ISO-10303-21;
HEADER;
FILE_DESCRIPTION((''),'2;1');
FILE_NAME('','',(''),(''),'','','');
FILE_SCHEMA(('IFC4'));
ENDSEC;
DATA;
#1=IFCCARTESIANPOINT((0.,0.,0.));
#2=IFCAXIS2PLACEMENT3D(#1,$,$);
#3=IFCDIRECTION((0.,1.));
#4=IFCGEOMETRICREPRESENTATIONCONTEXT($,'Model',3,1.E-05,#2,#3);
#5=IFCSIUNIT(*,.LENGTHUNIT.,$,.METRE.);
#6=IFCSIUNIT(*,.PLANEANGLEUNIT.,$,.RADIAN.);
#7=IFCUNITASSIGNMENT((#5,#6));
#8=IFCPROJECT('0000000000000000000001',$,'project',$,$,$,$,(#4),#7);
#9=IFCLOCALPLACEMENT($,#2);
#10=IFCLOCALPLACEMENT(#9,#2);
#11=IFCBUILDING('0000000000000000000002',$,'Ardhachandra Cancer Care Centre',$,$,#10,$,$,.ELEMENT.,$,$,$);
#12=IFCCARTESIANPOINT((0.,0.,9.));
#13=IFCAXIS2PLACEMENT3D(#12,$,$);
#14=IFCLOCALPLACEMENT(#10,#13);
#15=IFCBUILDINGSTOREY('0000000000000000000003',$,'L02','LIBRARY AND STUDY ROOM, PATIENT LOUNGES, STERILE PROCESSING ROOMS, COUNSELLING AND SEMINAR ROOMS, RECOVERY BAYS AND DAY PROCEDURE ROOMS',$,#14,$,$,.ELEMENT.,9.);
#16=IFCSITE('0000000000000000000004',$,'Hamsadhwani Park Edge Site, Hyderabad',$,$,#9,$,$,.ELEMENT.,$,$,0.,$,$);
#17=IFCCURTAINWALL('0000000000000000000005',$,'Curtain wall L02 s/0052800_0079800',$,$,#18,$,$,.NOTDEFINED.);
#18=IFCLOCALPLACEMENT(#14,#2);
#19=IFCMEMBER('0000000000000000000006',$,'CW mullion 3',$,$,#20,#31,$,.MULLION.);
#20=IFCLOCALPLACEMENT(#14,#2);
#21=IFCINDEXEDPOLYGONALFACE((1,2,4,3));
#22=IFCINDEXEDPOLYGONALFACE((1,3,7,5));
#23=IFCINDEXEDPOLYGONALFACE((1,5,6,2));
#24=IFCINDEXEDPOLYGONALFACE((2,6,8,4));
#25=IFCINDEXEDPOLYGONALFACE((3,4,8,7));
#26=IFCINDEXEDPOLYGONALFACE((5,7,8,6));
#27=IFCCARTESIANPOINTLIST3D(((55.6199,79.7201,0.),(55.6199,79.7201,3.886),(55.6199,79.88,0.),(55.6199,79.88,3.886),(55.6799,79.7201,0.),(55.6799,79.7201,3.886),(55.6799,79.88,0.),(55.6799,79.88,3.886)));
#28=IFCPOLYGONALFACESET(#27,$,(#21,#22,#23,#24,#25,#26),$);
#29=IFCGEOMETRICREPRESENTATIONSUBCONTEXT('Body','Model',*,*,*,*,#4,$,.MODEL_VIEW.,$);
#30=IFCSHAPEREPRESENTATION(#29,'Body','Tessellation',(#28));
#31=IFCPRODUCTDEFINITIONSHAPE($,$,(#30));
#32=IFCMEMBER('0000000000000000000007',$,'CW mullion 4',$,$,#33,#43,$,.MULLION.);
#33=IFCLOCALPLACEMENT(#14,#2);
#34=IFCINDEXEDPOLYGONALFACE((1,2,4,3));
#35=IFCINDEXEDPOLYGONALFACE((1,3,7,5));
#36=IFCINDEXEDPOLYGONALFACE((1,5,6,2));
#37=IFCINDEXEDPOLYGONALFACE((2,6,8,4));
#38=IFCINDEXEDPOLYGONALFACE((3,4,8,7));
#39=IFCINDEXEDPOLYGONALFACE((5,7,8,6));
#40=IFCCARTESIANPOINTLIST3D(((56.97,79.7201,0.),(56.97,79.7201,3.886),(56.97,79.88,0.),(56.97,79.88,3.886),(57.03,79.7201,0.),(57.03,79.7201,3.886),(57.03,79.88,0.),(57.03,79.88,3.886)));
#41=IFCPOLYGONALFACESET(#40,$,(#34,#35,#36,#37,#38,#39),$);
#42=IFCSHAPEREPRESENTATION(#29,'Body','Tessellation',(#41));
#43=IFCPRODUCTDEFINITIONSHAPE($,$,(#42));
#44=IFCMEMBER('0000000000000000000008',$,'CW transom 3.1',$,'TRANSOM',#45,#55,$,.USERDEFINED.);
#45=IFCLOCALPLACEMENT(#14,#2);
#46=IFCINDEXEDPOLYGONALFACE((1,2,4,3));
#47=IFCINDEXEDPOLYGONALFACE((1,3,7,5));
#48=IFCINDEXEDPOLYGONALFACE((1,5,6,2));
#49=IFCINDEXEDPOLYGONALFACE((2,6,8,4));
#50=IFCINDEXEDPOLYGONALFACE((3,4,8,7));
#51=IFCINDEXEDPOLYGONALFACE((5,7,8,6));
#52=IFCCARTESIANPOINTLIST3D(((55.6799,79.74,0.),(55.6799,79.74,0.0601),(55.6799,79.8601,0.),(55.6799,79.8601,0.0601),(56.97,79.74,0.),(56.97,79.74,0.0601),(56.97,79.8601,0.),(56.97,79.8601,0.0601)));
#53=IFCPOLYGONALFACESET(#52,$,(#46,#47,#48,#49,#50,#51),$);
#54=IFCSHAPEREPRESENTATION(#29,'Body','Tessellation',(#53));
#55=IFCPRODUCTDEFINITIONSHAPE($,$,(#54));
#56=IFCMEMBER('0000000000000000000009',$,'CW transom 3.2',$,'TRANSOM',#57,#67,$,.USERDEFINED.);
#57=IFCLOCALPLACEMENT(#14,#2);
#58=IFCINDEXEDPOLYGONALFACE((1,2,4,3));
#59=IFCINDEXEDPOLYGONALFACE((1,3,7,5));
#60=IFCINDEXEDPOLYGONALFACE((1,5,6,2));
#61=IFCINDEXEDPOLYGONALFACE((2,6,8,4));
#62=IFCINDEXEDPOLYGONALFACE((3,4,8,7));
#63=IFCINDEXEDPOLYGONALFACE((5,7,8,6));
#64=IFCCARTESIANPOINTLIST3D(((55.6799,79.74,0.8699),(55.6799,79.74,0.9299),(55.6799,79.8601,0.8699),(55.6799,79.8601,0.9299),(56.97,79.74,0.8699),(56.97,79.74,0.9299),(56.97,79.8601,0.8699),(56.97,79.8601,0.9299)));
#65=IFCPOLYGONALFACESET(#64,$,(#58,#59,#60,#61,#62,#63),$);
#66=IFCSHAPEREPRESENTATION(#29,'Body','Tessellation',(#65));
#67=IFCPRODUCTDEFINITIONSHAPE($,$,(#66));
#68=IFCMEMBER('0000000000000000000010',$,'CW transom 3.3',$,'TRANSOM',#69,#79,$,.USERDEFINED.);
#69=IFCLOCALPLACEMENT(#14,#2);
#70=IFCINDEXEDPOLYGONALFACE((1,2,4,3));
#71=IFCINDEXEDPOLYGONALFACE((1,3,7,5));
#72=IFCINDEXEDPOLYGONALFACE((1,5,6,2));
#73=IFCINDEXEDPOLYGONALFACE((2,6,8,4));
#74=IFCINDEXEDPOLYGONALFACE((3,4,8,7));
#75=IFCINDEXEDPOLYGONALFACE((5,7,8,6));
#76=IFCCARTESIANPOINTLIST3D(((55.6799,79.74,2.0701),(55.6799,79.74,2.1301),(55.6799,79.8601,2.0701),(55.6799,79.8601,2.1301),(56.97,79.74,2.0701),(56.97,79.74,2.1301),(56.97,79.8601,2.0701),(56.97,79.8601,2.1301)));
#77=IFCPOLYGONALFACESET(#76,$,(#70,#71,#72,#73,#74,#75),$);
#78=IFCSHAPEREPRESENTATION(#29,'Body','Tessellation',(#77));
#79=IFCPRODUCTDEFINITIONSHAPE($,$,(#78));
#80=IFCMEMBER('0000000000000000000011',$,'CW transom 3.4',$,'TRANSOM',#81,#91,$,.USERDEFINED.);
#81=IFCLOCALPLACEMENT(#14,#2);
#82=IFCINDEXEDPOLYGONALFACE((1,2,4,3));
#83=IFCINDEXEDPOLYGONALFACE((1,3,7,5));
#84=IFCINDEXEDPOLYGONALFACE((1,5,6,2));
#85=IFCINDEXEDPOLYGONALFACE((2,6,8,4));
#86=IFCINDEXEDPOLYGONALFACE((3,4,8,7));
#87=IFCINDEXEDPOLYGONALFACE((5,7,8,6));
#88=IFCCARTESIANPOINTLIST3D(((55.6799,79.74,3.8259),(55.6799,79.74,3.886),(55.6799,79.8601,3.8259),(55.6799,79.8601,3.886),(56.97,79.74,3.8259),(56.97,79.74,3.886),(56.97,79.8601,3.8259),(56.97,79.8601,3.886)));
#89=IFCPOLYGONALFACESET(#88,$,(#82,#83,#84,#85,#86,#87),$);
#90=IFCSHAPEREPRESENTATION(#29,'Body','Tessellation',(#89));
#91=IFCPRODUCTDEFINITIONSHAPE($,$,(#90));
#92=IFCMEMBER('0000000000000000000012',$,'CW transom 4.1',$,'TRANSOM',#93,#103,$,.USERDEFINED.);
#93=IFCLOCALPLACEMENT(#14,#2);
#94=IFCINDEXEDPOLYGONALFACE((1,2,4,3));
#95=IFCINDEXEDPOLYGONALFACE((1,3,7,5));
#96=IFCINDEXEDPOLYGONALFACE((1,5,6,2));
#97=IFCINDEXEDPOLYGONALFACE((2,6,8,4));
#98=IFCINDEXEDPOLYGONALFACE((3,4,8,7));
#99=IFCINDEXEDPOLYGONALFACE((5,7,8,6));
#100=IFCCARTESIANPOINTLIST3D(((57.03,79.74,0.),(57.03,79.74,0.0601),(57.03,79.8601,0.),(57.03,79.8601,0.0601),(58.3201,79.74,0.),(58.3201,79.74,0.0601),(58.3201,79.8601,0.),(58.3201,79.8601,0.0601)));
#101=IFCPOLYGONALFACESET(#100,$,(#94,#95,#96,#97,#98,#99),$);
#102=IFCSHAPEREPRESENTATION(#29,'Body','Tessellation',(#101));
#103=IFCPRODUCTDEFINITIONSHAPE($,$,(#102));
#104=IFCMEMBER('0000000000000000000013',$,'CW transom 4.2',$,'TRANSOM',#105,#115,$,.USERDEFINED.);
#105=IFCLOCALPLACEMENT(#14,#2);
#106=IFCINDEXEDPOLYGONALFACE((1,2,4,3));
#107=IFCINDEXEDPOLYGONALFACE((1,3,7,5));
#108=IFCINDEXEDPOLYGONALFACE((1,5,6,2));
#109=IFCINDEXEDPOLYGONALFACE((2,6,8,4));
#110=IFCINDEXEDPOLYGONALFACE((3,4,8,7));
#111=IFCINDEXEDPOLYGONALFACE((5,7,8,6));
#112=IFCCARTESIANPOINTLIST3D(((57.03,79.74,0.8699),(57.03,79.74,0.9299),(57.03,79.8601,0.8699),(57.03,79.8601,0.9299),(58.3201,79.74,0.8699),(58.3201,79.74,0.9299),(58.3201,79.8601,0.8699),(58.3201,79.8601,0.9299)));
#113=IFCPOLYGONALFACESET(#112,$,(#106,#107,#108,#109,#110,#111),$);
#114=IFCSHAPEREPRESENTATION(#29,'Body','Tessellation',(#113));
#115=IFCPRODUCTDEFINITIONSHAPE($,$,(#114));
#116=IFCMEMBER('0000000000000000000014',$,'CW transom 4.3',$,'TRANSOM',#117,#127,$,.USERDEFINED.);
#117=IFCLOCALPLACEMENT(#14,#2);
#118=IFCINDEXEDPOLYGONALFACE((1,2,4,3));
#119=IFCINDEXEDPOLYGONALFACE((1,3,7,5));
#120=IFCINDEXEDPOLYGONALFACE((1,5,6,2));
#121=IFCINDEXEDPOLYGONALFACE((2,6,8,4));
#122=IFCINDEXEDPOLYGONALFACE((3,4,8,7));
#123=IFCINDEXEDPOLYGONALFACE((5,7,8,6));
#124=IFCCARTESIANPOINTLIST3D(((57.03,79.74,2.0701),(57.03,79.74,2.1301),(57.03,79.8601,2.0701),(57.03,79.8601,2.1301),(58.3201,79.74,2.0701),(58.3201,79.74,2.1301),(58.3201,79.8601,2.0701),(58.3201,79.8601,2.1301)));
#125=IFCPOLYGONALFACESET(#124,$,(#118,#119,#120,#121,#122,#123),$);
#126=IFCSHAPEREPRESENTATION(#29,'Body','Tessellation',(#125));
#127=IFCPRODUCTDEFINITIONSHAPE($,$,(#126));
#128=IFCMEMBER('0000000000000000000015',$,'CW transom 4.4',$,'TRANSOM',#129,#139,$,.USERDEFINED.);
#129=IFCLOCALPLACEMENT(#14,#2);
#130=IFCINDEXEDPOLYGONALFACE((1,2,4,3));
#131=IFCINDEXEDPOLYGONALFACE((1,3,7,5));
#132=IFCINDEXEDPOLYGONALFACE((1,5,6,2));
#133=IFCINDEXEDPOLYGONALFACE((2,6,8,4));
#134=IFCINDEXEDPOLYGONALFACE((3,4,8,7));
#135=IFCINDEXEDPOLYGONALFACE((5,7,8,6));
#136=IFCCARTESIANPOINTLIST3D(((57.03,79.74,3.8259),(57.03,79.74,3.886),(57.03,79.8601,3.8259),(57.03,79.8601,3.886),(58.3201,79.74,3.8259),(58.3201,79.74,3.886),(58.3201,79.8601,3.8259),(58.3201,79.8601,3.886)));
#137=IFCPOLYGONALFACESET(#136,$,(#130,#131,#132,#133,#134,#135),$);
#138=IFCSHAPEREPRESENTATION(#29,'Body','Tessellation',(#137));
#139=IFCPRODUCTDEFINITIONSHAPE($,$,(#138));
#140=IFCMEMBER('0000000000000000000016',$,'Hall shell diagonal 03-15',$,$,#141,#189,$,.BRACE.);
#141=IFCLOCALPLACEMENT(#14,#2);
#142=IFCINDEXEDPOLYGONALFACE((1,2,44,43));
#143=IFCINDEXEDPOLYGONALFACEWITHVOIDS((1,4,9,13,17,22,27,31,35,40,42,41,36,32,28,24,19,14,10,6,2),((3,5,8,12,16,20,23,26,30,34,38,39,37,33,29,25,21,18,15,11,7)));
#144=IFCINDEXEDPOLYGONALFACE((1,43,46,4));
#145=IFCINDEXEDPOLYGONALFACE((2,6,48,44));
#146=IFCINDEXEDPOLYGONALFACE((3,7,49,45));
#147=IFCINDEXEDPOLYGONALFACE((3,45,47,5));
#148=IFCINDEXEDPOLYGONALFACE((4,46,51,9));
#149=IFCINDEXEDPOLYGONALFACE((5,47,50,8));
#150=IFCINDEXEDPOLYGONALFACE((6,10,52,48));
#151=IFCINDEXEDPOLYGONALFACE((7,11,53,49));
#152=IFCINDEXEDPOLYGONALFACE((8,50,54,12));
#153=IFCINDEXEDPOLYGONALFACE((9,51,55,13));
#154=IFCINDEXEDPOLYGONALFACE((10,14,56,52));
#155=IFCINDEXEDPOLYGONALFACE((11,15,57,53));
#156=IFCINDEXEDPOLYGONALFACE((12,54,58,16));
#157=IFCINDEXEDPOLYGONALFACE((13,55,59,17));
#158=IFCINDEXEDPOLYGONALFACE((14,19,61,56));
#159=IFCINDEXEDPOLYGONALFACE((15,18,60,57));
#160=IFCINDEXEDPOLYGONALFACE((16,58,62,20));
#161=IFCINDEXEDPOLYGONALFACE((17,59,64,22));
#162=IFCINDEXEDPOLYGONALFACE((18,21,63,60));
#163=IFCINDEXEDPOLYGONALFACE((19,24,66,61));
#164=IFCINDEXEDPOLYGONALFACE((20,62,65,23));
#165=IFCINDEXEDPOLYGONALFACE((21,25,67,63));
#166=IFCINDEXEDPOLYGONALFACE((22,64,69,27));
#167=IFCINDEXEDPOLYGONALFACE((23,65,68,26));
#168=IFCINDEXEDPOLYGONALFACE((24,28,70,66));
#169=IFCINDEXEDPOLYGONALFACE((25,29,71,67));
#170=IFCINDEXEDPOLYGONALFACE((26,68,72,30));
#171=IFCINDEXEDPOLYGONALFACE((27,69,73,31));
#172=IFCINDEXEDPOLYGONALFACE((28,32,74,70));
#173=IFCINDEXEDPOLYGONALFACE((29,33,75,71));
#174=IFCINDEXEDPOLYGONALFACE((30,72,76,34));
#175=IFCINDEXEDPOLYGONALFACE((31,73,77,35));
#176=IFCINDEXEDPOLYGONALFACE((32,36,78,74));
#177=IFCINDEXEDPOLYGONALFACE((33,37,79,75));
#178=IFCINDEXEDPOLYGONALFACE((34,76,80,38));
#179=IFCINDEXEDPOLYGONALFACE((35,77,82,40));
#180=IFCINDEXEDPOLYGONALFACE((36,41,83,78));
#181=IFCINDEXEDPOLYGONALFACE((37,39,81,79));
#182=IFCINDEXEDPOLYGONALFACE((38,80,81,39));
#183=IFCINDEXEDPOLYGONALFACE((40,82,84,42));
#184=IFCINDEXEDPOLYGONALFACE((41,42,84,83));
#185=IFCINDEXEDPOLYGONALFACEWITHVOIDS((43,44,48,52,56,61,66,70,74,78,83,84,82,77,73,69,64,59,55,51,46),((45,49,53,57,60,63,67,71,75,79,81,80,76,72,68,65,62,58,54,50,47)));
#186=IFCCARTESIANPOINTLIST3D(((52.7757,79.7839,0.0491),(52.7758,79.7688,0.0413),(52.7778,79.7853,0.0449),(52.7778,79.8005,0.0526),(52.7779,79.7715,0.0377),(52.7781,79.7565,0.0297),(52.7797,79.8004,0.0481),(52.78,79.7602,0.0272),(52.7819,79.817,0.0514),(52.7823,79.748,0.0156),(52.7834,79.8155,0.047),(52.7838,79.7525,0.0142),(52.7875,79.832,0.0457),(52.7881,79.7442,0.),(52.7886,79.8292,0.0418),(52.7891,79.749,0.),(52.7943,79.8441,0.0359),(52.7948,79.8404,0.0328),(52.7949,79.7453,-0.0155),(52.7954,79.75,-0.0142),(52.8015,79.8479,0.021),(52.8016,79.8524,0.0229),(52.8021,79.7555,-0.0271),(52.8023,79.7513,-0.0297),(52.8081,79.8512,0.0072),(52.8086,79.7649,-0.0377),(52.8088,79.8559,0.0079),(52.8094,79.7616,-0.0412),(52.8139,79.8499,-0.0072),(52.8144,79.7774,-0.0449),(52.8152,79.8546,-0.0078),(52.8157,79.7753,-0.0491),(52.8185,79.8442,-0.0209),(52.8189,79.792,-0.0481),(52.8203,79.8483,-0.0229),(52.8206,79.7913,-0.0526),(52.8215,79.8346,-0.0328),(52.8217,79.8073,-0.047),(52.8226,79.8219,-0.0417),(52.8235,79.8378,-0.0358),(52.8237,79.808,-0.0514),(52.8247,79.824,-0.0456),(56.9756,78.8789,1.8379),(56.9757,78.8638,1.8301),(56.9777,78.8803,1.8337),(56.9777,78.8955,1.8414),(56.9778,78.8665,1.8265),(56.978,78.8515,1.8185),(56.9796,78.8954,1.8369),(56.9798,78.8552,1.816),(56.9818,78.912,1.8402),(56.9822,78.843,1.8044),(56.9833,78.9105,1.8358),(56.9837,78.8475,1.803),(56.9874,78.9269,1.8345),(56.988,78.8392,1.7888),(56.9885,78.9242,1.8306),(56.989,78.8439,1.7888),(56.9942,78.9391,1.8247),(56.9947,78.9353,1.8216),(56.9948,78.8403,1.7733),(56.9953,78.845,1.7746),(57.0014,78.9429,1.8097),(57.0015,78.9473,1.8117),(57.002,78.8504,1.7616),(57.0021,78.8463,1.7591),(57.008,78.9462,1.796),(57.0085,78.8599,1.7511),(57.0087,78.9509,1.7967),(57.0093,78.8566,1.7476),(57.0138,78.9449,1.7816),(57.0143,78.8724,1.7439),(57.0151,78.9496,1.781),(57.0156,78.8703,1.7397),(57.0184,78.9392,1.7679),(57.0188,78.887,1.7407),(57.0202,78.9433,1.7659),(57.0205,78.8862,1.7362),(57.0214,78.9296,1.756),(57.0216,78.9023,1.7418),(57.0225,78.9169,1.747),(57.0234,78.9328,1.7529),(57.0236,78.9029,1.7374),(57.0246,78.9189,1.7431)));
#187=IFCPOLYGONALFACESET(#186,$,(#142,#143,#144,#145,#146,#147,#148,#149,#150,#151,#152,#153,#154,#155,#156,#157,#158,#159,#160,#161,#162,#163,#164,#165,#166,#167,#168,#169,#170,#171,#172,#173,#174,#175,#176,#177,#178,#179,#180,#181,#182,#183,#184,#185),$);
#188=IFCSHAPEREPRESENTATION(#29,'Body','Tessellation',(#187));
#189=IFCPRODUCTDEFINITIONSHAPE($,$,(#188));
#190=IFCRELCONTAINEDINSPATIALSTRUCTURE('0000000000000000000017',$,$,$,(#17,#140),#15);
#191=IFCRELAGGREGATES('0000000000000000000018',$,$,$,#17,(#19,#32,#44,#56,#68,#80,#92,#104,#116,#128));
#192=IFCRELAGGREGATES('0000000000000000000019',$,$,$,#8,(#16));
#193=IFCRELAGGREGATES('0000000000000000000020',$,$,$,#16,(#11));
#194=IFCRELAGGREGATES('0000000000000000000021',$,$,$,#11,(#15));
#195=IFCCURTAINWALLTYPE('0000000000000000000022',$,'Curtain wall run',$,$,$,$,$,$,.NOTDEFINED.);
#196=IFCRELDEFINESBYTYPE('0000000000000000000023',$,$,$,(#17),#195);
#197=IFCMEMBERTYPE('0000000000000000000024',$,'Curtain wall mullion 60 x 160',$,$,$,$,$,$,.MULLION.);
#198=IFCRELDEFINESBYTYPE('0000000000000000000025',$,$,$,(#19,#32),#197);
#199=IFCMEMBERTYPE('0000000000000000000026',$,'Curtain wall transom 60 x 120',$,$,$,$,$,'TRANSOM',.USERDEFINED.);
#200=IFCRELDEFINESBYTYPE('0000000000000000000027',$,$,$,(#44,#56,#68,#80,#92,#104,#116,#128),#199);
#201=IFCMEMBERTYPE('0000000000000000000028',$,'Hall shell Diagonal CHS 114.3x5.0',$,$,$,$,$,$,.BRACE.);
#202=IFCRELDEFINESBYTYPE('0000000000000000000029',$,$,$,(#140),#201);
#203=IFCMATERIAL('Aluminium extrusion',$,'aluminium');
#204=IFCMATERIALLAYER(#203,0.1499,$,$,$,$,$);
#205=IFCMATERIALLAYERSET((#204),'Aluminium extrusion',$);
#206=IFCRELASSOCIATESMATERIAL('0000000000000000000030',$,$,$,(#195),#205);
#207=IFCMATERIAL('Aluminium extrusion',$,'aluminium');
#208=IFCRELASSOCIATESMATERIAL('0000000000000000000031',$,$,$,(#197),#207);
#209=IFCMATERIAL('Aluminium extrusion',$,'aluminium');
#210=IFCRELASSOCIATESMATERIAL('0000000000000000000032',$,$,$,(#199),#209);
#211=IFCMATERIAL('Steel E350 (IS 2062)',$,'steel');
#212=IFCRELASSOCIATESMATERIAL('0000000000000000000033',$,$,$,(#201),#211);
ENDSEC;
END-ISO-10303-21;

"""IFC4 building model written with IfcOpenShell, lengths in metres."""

from ifc_helpers import new_model, si_unit, direction, frame, origin, origin_2d, place, context, subcontext, project, spatial, rectangle, hollow_circle, extrude, material, layer, layer_set, material_profile, profile_set, type_object, element, aggregate, save


model = new_model("IFC4")

# Units and contexts
model_context = context("Model", 3, precision=1e-05, world=origin(), true_north=direction((0.0, 1.0)))
body_context = subcontext(model_context, "Body", "Model", "MODEL_VIEW")
ifc_project = project(units=[si_unit("LENGTHUNIT", "METRE"), si_unit("PLANEANGLEUNIT", "RADIAN")], contexts=[model_context])

# Site, building, storey
site_placement = place(None, origin())
site = spatial("IfcSite", under=ifc_project, at=site_placement, Name="Hamsadhwani Park Edge Site, Hyderabad", CompositionType="ELEMENT", RefElevation=0.0)
building_placement = place(site_placement, origin())
building = spatial("IfcBuilding", under=site, at=building_placement, Name="Ardhachandra Cancer Care Centre", CompositionType="ELEMENT")
storey_placement = place(building_placement, frame((0.0, 0.0, 9.0)))
storey = spatial("IfcBuildingStorey", under=building, at=storey_placement, Name="L02", Description="LIBRARY AND STUDY ROOM, PATIENT LOUNGES, STERILE PROCESSING ROOMS, COUNSELLING AND SEMINAR ROOMS, RECOVERY BAYS AND DAY PROCEDURE ROOMS", CompositionType="ELEMENT", Elevation=9.0)

# Curtain wall, members
ifc_material_1 = material(Name="Aluminium extrusion", Category="aluminium")
ifc_layer_1 = layer(ifc_material_1, 0.1499)
ifc_layer_set_1 = layer_set([ifc_layer_1], Name="Aluminium extrusion")
curtain_wall_type = type_object("IfcCurtainWallType", Name="Curtain wall run", PredefinedType="NOTDEFINED", material=ifc_layer_set_1)
curtain_wall_placement = place(storey_placement, origin())
curtain_wall = element("IfcCurtainWall", 1, at=curtain_wall_placement, inside=storey, type_object=curtain_wall_type, Name="Curtain wall L02 s/0052800_0079800", PredefinedType="NOTDEFINED")
ifc_material_2 = material(Name="Aluminium extrusion", Category="aluminium")
ifc_material_profile_1 = material_profile(ifc_material_2, rectangle(XDim=0.1599, YDim=0.0601, at=origin_2d()), Name="Curtain wall mullion 60 x 160")
ifc_profile_set_1 = profile_set([ifc_material_profile_1], Name="Aluminium extrusion")
member_type_1 = type_object("IfcMemberType", Name="Curtain wall mullion 60 x 160", PredefinedType="MULLION", material=ifc_profile_set_1)
member_1_placement = place(storey_placement, frame((55.6499, 79.8, 0.0), z_axis=(0.0, 0.0, 1.0), x_axis=(0.0, 1.0, 0.0)))
member_1 = element("IfcMember", 2, at=member_1_placement, type_object=member_type_1, Name="CW mullion 3", PredefinedType="MULLION", context=body_context, shape_type="SweptSolid", body=[
    extrude(rectangle(XDim=0.1599, YDim=0.0601, at=origin_2d()), origin(), (0.0, 0.0, 1.0), 3.886),
])
member_2_placement = place(storey_placement, frame((57.0, 79.8, 0.0), z_axis=(0.0, 0.0, 1.0), x_axis=(0.0, 1.0, 0.0)))
member_2 = element("IfcMember", 3, at=member_2_placement, type_object=member_type_1, Name="CW mullion 4", PredefinedType="MULLION", context=body_context, shape_type="SweptSolid", body=[
    extrude(rectangle(XDim=0.1599, YDim=0.0601, at=origin_2d()), origin(), (0.0, 0.0, 1.0), 3.886),
])
ifc_material_3 = material(Name="Aluminium extrusion", Category="aluminium")
ifc_material_profile_2 = material_profile(ifc_material_3, rectangle(XDim=0.1201, YDim=0.0601, at=origin_2d()), Name="Curtain wall transom 60 x 120")
ifc_profile_set_2 = profile_set([ifc_material_profile_2], Name="Aluminium extrusion")
member_type_2 = type_object("IfcMemberType", Name="Curtain wall transom 60 x 120", ElementType="TRANSOM", PredefinedType="USERDEFINED", material=ifc_profile_set_2)
member_3_placement = place(storey_placement, frame((55.6799, 79.8, 0.03), z_axis=(1.0, 0.0, 0.0), x_axis=(0.0, 1.0, 0.0)))
member_3 = element("IfcMember", 4, at=member_3_placement, type_object=member_type_2, Name="CW transom 3.1", ObjectType="TRANSOM", PredefinedType="USERDEFINED", context=body_context, shape_type="SweptSolid", body=[
    extrude(rectangle(XDim=0.1201, YDim=0.0601, at=origin_2d()), origin(), (0.0, 0.0, 1.0), 1.29),
])
member_4_placement = place(storey_placement, frame((55.6799, 79.8, 0.8999), z_axis=(1.0, 0.0, 0.0), x_axis=(0.0, 1.0, 0.0)))
member_4 = element("IfcMember", 5, at=member_4_placement, type_object=member_type_2, Name="CW transom 3.2", ObjectType="TRANSOM", PredefinedType="USERDEFINED", context=body_context, shape_type="SweptSolid", body=[
    extrude(rectangle(XDim=0.1201, YDim=0.0601, at=origin_2d()), origin(), (0.0, 0.0, 1.0), 1.29),
])
member_5_placement = place(storey_placement, frame((55.6799, 79.8, 2.1001), z_axis=(1.0, 0.0, 0.0), x_axis=(0.0, 1.0, 0.0)))
member_5 = element("IfcMember", 6, at=member_5_placement, type_object=member_type_2, Name="CW transom 3.3", ObjectType="TRANSOM", PredefinedType="USERDEFINED", context=body_context, shape_type="SweptSolid", body=[
    extrude(rectangle(XDim=0.1201, YDim=0.0601, at=origin_2d()), origin(), (0.0, 0.0, 1.0), 1.29),
])
member_6_placement = place(storey_placement, frame((55.6799, 79.8, 3.856), z_axis=(1.0, 0.0, 0.0), x_axis=(0.0, 1.0, 0.0)))
member_6 = element("IfcMember", 7, at=member_6_placement, type_object=member_type_2, Name="CW transom 3.4", ObjectType="TRANSOM", PredefinedType="USERDEFINED", context=body_context, shape_type="SweptSolid", body=[
    extrude(rectangle(XDim=0.1201, YDim=0.0601, at=origin_2d()), origin(), (0.0, 0.0, 1.0), 1.29),
])
member_7_placement = place(storey_placement, frame((57.03, 79.8, 0.03), z_axis=(1.0, 0.0, 0.0), x_axis=(0.0, 1.0, 0.0)))
member_7 = element("IfcMember", 8, at=member_7_placement, type_object=member_type_2, Name="CW transom 4.1", ObjectType="TRANSOM", PredefinedType="USERDEFINED", context=body_context, shape_type="SweptSolid", body=[
    extrude(rectangle(XDim=0.1201, YDim=0.0601, at=origin_2d()), origin(), (0.0, 0.0, 1.0), 1.29),
])
member_8_placement = place(storey_placement, frame((57.03, 79.8, 0.8999), z_axis=(1.0, 0.0, 0.0), x_axis=(0.0, 1.0, 0.0)))
member_8 = element("IfcMember", 9, at=member_8_placement, type_object=member_type_2, Name="CW transom 4.2", ObjectType="TRANSOM", PredefinedType="USERDEFINED", context=body_context, shape_type="SweptSolid", body=[
    extrude(rectangle(XDim=0.1201, YDim=0.0601, at=origin_2d()), origin(), (0.0, 0.0, 1.0), 1.29),
])
member_9_placement = place(storey_placement, frame((57.03, 79.8, 2.1001), z_axis=(1.0, 0.0, 0.0), x_axis=(0.0, 1.0, 0.0)))
member_9 = element("IfcMember", 10, at=member_9_placement, type_object=member_type_2, Name="CW transom 4.3", ObjectType="TRANSOM", PredefinedType="USERDEFINED", context=body_context, shape_type="SweptSolid", body=[
    extrude(rectangle(XDim=0.1201, YDim=0.0601, at=origin_2d()), origin(), (0.0, 0.0, 1.0), 1.29),
])
member_10_placement = place(storey_placement, frame((57.03, 79.8, 3.856), z_axis=(1.0, 0.0, 0.0), x_axis=(0.0, 1.0, 0.0)))
member_10 = element("IfcMember", 11, at=member_10_placement, type_object=member_type_2, Name="CW transom 4.4", ObjectType="TRANSOM", PredefinedType="USERDEFINED", context=body_context, shape_type="SweptSolid", body=[
    extrude(rectangle(XDim=0.1201, YDim=0.0601, at=origin_2d()), origin(), (0.0, 0.0, 1.0), 1.29),
])

# Member
ifc_material_4 = material(Name="Steel E350 (IS 2062)", Category="steel")
ifc_material_profile_3 = material_profile(ifc_material_4, hollow_circle(Radius=0.0571, WallThickness=0.0049, at=origin_2d()), Name="CHS 114.3x5.0")
ifc_profile_set_3 = profile_set([ifc_material_profile_3], Name="Steel E350 (IS 2062)")
member_type_3 = type_object("IfcMemberType", Name="Hall shell Diagonal CHS 114.3x5.0", PredefinedType="BRACE", material=ifc_profile_set_3)
for number, where, z_axis, x_axis, name in (
    (12, (57.0, 78.895, 1.7888), (-0.902464, 0.194468, -0.384372), (-0.21065, -0.977561, 0.0), "Hall shell diagonal 03-15"),
):
    element("IfcMember", number, at=place(storey_placement, frame(where, z_axis=z_axis, x_axis=x_axis)), inside=storey, type_object=member_type_3, Name=name, PredefinedType="BRACE", context=body_context, shape_type="SweptSolid", body=[
        extrude(hollow_circle(Radius=0.0571, WallThickness=0.0049, at=origin_2d()), origin(), (0.0, 0.0, 1.0), 4.6538),
    ])

aggregate(curtain_wall, [member_1, member_2, member_3, member_4, member_5, member_6, member_7, member_8, member_9, member_10])

save(model, "model.ifc")
